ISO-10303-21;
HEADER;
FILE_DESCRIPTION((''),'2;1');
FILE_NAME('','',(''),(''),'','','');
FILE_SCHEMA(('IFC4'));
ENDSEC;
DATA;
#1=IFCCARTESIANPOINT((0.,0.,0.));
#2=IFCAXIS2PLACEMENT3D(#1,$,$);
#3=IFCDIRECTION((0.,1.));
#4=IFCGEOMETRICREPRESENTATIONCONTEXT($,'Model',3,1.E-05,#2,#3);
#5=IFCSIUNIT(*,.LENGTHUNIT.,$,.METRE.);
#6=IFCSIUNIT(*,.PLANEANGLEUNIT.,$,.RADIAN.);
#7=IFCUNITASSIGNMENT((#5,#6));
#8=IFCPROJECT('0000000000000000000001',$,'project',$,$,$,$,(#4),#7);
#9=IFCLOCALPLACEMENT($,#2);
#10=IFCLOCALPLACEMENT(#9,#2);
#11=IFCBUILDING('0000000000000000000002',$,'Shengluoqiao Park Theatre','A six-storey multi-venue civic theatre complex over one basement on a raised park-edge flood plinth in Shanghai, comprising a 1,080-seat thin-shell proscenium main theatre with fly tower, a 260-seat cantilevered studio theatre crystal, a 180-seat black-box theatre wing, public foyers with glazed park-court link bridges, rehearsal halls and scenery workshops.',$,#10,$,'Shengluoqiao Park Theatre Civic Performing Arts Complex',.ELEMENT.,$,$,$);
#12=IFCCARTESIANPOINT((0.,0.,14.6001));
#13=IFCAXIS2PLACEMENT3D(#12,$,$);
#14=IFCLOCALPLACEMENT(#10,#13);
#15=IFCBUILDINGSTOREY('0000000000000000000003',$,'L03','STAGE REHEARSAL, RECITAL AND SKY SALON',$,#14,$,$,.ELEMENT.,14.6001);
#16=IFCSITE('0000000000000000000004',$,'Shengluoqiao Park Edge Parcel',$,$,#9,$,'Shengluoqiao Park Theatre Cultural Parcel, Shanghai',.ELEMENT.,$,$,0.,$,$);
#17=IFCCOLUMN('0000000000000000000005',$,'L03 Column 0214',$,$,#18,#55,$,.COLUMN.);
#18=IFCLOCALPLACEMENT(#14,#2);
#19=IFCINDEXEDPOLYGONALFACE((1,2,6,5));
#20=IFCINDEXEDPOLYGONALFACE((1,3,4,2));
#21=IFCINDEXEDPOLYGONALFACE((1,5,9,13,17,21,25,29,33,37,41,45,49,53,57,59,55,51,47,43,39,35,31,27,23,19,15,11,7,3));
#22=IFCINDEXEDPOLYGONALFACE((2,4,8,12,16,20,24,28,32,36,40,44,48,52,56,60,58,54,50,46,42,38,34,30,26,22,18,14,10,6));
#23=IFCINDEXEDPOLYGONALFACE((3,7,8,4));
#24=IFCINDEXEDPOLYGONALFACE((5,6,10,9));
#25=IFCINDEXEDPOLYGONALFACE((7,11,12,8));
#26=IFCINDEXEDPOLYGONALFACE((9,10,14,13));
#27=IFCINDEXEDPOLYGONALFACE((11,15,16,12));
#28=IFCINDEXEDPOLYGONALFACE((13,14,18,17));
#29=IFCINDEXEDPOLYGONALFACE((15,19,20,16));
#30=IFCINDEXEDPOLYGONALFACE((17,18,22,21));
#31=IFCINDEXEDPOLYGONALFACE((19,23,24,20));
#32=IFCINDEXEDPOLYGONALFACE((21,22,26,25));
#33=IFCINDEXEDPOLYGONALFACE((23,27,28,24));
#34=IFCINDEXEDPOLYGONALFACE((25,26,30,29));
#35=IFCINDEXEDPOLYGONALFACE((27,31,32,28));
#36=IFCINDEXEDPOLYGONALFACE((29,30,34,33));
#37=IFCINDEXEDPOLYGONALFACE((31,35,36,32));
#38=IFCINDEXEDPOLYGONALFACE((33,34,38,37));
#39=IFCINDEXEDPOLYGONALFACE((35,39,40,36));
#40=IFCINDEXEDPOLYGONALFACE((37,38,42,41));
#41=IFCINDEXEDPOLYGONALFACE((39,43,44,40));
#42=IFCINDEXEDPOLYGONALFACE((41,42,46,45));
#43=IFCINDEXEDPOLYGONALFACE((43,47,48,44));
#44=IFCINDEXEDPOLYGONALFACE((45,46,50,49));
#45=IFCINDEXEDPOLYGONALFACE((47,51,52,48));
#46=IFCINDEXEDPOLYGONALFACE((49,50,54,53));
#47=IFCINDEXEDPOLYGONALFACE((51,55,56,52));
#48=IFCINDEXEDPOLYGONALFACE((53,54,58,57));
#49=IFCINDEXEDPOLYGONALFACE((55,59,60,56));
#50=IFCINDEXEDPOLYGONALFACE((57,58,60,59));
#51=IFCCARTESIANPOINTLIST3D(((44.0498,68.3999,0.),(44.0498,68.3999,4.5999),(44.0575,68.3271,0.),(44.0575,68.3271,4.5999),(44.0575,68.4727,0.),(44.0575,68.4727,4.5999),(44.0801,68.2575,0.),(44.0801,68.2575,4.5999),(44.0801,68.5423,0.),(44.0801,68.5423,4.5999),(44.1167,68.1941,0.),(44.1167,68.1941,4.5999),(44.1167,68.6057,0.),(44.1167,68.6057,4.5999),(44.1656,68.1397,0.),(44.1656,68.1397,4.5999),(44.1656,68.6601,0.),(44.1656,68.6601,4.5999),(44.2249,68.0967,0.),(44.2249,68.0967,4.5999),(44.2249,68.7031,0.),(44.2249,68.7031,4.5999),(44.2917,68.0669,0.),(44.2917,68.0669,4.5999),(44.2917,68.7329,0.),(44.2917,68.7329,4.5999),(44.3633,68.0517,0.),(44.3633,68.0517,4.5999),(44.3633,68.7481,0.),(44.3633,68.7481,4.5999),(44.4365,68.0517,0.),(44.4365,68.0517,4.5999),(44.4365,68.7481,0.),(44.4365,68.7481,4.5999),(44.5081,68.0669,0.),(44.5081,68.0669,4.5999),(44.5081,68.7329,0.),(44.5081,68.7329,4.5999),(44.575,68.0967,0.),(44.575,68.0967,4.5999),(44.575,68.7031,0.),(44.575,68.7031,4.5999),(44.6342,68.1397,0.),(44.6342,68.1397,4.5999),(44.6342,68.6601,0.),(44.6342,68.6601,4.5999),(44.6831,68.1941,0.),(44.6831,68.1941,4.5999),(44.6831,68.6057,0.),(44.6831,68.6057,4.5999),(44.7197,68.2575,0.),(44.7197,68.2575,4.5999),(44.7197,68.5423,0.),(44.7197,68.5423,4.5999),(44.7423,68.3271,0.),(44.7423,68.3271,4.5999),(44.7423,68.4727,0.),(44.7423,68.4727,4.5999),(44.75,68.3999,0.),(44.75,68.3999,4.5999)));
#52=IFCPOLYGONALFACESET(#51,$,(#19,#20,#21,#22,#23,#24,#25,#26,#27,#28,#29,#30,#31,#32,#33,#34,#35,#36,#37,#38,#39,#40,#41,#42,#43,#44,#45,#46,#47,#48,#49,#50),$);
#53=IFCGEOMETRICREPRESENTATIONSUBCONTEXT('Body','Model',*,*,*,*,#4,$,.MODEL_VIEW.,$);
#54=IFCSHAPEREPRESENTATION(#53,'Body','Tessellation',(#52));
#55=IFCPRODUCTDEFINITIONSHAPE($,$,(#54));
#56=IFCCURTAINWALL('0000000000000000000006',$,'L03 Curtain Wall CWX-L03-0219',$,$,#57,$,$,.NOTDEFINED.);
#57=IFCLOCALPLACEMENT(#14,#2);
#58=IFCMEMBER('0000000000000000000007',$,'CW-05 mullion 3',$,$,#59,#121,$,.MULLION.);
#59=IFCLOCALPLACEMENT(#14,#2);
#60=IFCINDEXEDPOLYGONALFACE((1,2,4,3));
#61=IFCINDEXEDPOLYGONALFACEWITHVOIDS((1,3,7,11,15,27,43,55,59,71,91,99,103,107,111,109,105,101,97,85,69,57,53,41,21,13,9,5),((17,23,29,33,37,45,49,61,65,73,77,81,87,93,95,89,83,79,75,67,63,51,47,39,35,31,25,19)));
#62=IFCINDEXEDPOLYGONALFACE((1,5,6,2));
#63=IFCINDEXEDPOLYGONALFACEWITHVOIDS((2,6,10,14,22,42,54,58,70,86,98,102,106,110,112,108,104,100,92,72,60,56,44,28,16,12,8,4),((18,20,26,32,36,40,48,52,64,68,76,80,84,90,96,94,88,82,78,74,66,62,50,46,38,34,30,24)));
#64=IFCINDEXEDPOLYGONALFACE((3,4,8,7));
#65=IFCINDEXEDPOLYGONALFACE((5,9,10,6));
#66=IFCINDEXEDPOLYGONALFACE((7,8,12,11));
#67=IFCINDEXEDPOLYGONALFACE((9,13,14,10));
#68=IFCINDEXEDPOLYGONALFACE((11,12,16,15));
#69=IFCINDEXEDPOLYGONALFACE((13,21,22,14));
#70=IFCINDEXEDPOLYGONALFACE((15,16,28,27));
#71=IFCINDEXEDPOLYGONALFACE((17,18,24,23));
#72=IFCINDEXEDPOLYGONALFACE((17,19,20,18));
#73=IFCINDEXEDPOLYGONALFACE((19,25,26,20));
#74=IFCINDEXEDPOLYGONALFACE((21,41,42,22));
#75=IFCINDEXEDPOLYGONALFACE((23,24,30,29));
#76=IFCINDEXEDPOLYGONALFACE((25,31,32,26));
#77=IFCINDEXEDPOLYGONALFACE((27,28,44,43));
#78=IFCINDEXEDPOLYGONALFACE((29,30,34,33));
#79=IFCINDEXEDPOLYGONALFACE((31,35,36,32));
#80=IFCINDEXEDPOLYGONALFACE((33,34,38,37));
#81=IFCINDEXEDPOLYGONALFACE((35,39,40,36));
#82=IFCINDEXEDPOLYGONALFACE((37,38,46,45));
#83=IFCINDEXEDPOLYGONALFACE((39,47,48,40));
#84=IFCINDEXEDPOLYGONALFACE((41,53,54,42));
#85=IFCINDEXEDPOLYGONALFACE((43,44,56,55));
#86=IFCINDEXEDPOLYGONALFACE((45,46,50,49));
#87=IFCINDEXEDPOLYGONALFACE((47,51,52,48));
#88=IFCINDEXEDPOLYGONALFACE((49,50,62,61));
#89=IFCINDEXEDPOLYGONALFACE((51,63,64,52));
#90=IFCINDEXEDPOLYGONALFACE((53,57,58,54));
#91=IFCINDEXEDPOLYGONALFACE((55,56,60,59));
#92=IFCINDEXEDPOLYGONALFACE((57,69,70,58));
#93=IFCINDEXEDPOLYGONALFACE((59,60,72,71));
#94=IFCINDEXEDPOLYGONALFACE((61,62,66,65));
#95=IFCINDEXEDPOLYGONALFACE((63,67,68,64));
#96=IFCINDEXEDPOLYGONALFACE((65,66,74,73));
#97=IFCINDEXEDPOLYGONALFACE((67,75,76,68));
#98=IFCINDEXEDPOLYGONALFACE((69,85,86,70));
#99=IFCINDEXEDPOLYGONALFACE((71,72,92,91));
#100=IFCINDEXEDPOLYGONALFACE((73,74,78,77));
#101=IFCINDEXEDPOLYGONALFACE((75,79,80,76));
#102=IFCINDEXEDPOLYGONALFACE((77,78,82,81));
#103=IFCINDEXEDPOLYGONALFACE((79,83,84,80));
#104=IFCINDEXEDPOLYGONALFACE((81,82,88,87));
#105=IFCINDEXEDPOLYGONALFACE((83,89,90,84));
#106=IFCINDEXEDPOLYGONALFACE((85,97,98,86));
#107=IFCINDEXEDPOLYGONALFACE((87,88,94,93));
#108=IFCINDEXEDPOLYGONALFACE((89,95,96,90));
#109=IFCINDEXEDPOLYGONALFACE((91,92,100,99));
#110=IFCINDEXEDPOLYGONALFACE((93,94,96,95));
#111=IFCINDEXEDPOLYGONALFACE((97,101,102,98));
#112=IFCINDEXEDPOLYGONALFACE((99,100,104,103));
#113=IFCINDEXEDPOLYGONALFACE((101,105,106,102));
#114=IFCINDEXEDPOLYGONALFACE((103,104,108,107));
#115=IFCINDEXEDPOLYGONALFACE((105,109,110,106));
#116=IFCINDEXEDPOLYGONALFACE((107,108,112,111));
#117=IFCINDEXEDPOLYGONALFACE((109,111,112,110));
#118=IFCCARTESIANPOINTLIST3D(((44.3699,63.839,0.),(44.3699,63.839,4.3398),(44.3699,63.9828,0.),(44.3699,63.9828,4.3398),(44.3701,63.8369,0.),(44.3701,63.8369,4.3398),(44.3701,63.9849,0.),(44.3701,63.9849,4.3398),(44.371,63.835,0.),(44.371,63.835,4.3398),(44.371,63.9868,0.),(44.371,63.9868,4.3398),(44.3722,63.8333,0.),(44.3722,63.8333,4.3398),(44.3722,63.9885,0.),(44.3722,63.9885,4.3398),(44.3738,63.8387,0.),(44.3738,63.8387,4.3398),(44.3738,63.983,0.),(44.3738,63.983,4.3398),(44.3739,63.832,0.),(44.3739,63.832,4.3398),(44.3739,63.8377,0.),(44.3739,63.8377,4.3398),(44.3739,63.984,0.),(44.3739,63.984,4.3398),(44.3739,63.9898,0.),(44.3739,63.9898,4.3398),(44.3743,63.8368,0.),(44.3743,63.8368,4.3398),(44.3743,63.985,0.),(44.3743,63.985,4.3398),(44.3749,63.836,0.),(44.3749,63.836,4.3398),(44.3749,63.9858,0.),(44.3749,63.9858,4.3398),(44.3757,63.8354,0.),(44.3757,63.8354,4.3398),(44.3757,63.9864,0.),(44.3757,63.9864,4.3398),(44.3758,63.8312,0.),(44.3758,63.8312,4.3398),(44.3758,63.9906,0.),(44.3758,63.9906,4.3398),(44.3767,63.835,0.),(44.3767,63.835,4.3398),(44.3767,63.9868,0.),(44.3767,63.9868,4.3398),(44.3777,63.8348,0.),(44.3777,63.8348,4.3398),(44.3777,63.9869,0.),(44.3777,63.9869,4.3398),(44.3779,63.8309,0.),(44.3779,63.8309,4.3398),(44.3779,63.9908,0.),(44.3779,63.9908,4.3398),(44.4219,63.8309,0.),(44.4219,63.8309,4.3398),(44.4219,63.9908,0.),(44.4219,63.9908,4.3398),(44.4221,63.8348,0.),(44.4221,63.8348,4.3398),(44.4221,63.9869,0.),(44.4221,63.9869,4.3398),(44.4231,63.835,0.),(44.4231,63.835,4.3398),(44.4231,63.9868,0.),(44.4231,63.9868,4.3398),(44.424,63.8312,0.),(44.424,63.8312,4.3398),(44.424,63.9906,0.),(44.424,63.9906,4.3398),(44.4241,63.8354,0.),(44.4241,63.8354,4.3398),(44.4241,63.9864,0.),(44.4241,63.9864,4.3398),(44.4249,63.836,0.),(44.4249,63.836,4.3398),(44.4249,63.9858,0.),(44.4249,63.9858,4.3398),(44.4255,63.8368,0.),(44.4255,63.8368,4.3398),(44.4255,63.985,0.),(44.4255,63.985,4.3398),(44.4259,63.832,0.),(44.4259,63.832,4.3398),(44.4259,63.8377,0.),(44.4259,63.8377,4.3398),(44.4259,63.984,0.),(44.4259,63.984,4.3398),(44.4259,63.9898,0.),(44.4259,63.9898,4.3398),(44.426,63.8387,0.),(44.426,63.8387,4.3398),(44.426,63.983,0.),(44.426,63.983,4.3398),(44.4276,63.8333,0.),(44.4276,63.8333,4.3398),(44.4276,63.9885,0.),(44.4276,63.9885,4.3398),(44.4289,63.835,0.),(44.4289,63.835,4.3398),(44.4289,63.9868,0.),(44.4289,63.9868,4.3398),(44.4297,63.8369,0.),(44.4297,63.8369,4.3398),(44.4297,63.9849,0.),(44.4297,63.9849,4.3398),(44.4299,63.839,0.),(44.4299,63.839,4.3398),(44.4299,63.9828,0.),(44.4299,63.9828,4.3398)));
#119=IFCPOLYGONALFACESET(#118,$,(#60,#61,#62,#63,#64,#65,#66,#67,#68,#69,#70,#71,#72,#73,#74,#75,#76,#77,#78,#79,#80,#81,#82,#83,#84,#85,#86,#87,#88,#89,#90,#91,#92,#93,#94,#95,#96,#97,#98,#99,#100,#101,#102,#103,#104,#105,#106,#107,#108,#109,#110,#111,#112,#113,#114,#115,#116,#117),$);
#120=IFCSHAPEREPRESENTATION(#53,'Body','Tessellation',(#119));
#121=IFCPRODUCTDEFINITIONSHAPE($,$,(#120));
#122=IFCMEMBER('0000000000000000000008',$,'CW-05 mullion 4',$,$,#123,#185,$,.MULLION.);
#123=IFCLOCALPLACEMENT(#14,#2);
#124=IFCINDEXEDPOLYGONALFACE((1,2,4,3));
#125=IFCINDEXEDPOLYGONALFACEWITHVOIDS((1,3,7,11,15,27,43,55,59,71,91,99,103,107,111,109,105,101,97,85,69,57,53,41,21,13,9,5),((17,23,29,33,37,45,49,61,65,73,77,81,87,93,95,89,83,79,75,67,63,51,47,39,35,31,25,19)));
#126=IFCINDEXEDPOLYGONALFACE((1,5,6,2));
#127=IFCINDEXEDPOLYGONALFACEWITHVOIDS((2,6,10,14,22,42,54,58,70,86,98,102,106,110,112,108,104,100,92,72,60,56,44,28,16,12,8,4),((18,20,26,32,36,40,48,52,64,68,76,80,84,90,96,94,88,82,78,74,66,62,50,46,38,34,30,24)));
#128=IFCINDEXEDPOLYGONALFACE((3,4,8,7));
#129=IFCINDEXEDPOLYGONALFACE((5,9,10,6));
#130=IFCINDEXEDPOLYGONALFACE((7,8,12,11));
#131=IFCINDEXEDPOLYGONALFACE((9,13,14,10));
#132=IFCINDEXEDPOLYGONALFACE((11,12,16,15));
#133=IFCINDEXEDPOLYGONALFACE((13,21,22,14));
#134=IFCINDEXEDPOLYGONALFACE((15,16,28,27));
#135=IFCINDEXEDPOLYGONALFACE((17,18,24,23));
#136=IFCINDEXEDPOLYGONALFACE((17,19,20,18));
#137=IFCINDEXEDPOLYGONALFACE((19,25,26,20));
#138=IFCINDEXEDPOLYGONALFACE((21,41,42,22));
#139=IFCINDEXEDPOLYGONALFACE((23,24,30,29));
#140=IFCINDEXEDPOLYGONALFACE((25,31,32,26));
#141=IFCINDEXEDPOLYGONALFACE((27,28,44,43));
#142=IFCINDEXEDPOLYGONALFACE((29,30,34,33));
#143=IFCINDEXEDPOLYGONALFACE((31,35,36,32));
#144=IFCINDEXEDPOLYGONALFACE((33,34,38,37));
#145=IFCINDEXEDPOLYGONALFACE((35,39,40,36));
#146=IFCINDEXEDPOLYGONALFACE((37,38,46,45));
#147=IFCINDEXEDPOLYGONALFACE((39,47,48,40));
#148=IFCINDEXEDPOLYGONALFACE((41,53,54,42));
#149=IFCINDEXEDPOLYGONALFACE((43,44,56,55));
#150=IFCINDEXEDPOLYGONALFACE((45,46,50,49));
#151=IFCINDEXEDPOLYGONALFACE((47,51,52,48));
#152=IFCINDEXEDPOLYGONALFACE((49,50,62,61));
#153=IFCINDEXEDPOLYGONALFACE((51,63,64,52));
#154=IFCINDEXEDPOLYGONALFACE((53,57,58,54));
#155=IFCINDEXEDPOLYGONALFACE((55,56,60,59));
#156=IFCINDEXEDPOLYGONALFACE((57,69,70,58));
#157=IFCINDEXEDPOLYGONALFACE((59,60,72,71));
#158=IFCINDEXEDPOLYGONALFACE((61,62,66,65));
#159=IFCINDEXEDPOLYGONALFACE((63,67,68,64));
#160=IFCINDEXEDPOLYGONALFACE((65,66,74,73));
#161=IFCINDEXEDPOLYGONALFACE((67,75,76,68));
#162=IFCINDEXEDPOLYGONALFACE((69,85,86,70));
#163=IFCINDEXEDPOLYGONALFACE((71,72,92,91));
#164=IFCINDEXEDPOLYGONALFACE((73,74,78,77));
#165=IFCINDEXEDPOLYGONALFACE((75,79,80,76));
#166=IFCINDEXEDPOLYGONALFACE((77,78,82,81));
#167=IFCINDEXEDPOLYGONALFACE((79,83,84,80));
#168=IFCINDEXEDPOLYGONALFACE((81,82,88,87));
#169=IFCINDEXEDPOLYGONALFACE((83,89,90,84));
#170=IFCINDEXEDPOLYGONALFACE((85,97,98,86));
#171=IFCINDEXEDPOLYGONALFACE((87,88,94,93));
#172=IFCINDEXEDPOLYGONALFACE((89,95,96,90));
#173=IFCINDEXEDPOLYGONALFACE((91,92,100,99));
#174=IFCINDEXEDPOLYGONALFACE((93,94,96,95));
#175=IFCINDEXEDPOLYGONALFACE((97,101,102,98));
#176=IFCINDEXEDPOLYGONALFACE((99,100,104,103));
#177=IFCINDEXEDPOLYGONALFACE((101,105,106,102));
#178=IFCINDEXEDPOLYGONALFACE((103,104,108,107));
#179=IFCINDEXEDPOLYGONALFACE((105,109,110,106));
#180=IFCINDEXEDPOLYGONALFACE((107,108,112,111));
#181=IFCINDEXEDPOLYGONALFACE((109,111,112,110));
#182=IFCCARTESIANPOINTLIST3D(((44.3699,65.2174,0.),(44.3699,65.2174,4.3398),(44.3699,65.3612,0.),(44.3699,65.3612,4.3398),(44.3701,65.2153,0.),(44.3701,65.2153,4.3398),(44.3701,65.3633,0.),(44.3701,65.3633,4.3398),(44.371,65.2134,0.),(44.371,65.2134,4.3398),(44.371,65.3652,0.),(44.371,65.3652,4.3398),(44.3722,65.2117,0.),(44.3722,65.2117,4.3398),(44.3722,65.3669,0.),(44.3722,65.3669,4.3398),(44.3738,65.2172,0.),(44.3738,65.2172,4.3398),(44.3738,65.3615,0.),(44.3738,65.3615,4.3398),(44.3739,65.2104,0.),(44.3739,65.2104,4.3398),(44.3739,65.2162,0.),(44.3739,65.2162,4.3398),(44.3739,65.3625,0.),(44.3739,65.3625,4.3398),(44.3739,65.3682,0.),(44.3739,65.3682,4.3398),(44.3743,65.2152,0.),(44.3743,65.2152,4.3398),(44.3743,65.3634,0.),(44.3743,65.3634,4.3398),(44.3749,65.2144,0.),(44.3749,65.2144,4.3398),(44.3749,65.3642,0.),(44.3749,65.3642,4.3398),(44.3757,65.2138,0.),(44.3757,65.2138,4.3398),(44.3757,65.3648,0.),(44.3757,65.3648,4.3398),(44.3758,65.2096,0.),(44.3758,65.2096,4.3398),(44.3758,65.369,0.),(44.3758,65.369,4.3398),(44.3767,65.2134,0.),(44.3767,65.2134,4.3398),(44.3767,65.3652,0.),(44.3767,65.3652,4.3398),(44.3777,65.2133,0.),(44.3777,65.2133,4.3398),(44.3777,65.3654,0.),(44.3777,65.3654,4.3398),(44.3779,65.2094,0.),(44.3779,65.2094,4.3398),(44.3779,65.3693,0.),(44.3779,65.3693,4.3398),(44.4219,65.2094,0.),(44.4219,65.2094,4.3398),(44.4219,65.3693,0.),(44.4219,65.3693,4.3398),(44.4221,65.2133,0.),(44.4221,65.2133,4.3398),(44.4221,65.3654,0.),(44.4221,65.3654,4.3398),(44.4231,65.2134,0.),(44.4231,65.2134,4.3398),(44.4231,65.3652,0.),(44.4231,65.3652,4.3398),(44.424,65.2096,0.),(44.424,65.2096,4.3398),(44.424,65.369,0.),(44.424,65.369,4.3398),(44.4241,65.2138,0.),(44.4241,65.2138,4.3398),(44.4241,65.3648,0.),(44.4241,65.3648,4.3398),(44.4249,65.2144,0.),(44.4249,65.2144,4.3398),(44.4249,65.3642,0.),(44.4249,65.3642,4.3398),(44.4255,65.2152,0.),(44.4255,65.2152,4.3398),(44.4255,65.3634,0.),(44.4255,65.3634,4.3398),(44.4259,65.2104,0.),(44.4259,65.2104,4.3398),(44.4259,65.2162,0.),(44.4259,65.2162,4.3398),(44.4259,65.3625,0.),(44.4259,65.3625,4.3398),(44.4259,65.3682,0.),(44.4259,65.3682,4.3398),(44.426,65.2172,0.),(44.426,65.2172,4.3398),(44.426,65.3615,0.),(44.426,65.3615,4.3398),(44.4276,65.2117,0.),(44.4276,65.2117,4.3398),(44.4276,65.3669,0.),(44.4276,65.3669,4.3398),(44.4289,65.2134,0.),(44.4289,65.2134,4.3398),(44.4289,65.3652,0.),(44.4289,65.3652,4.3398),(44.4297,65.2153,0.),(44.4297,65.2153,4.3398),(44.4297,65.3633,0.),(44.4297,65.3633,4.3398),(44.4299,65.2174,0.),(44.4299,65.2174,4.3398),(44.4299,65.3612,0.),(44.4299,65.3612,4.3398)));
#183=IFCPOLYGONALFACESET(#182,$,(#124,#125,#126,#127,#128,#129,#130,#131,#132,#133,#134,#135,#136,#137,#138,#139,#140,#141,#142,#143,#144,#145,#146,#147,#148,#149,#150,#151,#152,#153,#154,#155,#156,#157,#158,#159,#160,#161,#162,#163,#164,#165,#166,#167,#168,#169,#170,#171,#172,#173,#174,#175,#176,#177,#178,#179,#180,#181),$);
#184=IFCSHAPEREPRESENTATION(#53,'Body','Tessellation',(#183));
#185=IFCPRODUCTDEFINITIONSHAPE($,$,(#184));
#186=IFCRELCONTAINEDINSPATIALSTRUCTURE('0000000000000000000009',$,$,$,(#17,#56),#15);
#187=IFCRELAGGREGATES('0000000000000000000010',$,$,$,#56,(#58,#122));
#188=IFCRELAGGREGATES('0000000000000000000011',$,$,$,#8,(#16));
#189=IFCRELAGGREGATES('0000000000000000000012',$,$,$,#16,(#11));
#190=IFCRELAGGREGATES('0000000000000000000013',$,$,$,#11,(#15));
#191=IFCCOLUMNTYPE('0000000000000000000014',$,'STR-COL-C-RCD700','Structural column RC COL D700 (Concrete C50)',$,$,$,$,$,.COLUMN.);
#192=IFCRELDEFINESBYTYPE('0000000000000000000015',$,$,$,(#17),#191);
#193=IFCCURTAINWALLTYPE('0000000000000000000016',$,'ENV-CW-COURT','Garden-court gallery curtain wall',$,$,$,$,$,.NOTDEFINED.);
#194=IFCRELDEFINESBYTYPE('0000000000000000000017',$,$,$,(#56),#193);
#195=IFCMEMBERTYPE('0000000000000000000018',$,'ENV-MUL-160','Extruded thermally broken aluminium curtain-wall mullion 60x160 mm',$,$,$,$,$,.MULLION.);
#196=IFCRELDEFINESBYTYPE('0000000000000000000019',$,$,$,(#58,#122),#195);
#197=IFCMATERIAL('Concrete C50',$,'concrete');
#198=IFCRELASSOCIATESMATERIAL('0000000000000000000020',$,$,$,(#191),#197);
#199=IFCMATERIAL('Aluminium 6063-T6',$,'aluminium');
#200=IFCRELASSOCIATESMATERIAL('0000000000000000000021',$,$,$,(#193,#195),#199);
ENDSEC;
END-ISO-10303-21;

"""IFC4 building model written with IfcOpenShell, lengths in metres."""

from ifc_helpers import new_model, si_unit, direction, frame, origin, origin_2d, place, context, subcontext, project, spatial, hollow_rectangle, circle, extrude, material, material_profile, profile_set, type_object, element, aggregate, save


model = new_model("IFC4")

# Units and contexts
model_context = context("Model", 3, precision=1e-05, world=origin(), true_north=direction((0.0, 1.0)))
body_context = subcontext(model_context, "Body", "Model", "MODEL_VIEW")
ifc_project = project(units=[si_unit("LENGTHUNIT", "METRE"), si_unit("PLANEANGLEUNIT", "RADIAN")], contexts=[model_context])

# Site, building, storey
site_placement = place(None, origin())
site = spatial("IfcSite", under=ifc_project, at=site_placement, Name="Shengluoqiao Park Edge Parcel", LongName="Shengluoqiao Park Theatre Cultural Parcel, Shanghai", CompositionType="ELEMENT", RefElevation=0.0)
building_placement = place(site_placement, origin())
building = spatial("IfcBuilding", under=site, at=building_placement, Name="Shengluoqiao Park Theatre", Description="A six-storey multi-venue civic theatre complex over one basement on a raised park-edge flood plinth in Shanghai, comprising a 1,080-seat thin-shell proscenium main theatre with fly tower, a 260-seat cantilevered studio theatre crystal, a 180-seat black-box theatre wing, public foyers with glazed park-court link bridges, rehearsal halls and scenery workshops.", LongName="Shengluoqiao Park Theatre Civic Performing Arts Complex", CompositionType="ELEMENT")
storey_placement = place(building_placement, frame((0.0, 0.0, 14.6001)))
storey = spatial("IfcBuildingStorey", under=building, at=storey_placement, Name="L03", Description="STAGE REHEARSAL, RECITAL AND SKY SALON", CompositionType="ELEMENT", Elevation=14.6001)

# Column
ifc_material_1 = material(Name="Concrete C50", Category="concrete")
ifc_material_profile_1 = material_profile(ifc_material_1, circle(Radius=0.3501, at=origin_2d()), Name="RC COL D700")
ifc_profile_set_1 = profile_set([ifc_material_profile_1], Name="Concrete C50")
column_type = type_object("IfcColumnType", Name="STR-COL-C-RCD700", Description="Structural column RC COL D700 (Concrete C50)", PredefinedType="COLUMN", material=ifc_profile_set_1)
column_placement = place(storey_placement, frame((44.3999, 68.3999, 0.0), z_axis=(0.0, 0.0, 1.0), x_axis=(1.0, 0.0, 0.0)))
element("IfcColumn", 1, at=column_placement, inside=storey, type_object=column_type, Name="L03 Column 0214", PredefinedType="COLUMN", context=body_context, shape_type="SweptSolid", body=[
    extrude(circle(Radius=0.3501, at=origin_2d()), origin(), (0.0, 0.0, 1.0), 4.5999),
])

# Curtain wall, members
ifc_material_2 = material(Name="Aluminium 6063-T6", Category="aluminium")
curtain_wall_type_1 = type_object("IfcCurtainWallType", Name="ENV-CW-COURT", Description="Garden-court gallery curtain wall", PredefinedType="NOTDEFINED", material=ifc_material_2)
curtain_wall_1_placement = place(storey_placement, origin())
curtain_wall_1 = element("IfcCurtainWall", 2, at=curtain_wall_1_placement, inside=storey, type_object=curtain_wall_type_1, Name="L03 Curtain Wall CWX-L03-0219", PredefinedType="NOTDEFINED")
ifc_material_profile_2 = material_profile(ifc_material_2, hollow_rectangle(XDim=0.0601, YDim=0.1599, WallThickness=0.0039, InnerFilletRadius=0.0039, OuterFilletRadius=0.0081, at=origin_2d()), Name="ALU MULLION 160x60x4")
ifc_profile_set_2 = profile_set([ifc_material_profile_2], Name="Aluminium 6063-T6")
member_type_1 = type_object("IfcMemberType", Name="ENV-MUL-160", Description="Extruded thermally broken aluminium curtain-wall mullion 60x160 mm", PredefinedType="MULLION", material=ifc_profile_set_2)
member_1_placement = place(storey_placement, frame((44.3999, 63.9109, 0.0), z_axis=(0.0, 0.0, 1.0), x_axis=(-1.0, 0.0, 0.0)))
member_1 = element("IfcMember", 3, at=member_1_placement, type_object=member_type_1, Name="CW-05 mullion 3", PredefinedType="MULLION", context=body_context, shape_type="SweptSolid", body=[
    extrude(hollow_rectangle(XDim=0.0601, YDim=0.1599, WallThickness=0.0039, InnerFilletRadius=0.0039, OuterFilletRadius=0.0081, at=origin_2d()), origin(), (0.0, 0.0, 1.0), 4.3398),
])
member_2_placement = place(storey_placement, frame((44.3999, 65.2893, 0.0), z_axis=(0.0, 0.0, 1.0), x_axis=(-1.0, 0.0, 0.0)))
member_2 = element("IfcMember", 4, at=member_2_placement, type_object=member_type_1, Name="CW-05 mullion 4", PredefinedType="MULLION", context=body_context, shape_type="SweptSolid", body=[
    extrude(hollow_rectangle(XDim=0.0601, YDim=0.1599, WallThickness=0.0039, InnerFilletRadius=0.0039, OuterFilletRadius=0.0081, at=origin_2d()), origin(), (0.0, 0.0, 1.0), 4.3398),
])

aggregate(curtain_wall_1, [member_1, member_2])

save(model, "model.ifc")
